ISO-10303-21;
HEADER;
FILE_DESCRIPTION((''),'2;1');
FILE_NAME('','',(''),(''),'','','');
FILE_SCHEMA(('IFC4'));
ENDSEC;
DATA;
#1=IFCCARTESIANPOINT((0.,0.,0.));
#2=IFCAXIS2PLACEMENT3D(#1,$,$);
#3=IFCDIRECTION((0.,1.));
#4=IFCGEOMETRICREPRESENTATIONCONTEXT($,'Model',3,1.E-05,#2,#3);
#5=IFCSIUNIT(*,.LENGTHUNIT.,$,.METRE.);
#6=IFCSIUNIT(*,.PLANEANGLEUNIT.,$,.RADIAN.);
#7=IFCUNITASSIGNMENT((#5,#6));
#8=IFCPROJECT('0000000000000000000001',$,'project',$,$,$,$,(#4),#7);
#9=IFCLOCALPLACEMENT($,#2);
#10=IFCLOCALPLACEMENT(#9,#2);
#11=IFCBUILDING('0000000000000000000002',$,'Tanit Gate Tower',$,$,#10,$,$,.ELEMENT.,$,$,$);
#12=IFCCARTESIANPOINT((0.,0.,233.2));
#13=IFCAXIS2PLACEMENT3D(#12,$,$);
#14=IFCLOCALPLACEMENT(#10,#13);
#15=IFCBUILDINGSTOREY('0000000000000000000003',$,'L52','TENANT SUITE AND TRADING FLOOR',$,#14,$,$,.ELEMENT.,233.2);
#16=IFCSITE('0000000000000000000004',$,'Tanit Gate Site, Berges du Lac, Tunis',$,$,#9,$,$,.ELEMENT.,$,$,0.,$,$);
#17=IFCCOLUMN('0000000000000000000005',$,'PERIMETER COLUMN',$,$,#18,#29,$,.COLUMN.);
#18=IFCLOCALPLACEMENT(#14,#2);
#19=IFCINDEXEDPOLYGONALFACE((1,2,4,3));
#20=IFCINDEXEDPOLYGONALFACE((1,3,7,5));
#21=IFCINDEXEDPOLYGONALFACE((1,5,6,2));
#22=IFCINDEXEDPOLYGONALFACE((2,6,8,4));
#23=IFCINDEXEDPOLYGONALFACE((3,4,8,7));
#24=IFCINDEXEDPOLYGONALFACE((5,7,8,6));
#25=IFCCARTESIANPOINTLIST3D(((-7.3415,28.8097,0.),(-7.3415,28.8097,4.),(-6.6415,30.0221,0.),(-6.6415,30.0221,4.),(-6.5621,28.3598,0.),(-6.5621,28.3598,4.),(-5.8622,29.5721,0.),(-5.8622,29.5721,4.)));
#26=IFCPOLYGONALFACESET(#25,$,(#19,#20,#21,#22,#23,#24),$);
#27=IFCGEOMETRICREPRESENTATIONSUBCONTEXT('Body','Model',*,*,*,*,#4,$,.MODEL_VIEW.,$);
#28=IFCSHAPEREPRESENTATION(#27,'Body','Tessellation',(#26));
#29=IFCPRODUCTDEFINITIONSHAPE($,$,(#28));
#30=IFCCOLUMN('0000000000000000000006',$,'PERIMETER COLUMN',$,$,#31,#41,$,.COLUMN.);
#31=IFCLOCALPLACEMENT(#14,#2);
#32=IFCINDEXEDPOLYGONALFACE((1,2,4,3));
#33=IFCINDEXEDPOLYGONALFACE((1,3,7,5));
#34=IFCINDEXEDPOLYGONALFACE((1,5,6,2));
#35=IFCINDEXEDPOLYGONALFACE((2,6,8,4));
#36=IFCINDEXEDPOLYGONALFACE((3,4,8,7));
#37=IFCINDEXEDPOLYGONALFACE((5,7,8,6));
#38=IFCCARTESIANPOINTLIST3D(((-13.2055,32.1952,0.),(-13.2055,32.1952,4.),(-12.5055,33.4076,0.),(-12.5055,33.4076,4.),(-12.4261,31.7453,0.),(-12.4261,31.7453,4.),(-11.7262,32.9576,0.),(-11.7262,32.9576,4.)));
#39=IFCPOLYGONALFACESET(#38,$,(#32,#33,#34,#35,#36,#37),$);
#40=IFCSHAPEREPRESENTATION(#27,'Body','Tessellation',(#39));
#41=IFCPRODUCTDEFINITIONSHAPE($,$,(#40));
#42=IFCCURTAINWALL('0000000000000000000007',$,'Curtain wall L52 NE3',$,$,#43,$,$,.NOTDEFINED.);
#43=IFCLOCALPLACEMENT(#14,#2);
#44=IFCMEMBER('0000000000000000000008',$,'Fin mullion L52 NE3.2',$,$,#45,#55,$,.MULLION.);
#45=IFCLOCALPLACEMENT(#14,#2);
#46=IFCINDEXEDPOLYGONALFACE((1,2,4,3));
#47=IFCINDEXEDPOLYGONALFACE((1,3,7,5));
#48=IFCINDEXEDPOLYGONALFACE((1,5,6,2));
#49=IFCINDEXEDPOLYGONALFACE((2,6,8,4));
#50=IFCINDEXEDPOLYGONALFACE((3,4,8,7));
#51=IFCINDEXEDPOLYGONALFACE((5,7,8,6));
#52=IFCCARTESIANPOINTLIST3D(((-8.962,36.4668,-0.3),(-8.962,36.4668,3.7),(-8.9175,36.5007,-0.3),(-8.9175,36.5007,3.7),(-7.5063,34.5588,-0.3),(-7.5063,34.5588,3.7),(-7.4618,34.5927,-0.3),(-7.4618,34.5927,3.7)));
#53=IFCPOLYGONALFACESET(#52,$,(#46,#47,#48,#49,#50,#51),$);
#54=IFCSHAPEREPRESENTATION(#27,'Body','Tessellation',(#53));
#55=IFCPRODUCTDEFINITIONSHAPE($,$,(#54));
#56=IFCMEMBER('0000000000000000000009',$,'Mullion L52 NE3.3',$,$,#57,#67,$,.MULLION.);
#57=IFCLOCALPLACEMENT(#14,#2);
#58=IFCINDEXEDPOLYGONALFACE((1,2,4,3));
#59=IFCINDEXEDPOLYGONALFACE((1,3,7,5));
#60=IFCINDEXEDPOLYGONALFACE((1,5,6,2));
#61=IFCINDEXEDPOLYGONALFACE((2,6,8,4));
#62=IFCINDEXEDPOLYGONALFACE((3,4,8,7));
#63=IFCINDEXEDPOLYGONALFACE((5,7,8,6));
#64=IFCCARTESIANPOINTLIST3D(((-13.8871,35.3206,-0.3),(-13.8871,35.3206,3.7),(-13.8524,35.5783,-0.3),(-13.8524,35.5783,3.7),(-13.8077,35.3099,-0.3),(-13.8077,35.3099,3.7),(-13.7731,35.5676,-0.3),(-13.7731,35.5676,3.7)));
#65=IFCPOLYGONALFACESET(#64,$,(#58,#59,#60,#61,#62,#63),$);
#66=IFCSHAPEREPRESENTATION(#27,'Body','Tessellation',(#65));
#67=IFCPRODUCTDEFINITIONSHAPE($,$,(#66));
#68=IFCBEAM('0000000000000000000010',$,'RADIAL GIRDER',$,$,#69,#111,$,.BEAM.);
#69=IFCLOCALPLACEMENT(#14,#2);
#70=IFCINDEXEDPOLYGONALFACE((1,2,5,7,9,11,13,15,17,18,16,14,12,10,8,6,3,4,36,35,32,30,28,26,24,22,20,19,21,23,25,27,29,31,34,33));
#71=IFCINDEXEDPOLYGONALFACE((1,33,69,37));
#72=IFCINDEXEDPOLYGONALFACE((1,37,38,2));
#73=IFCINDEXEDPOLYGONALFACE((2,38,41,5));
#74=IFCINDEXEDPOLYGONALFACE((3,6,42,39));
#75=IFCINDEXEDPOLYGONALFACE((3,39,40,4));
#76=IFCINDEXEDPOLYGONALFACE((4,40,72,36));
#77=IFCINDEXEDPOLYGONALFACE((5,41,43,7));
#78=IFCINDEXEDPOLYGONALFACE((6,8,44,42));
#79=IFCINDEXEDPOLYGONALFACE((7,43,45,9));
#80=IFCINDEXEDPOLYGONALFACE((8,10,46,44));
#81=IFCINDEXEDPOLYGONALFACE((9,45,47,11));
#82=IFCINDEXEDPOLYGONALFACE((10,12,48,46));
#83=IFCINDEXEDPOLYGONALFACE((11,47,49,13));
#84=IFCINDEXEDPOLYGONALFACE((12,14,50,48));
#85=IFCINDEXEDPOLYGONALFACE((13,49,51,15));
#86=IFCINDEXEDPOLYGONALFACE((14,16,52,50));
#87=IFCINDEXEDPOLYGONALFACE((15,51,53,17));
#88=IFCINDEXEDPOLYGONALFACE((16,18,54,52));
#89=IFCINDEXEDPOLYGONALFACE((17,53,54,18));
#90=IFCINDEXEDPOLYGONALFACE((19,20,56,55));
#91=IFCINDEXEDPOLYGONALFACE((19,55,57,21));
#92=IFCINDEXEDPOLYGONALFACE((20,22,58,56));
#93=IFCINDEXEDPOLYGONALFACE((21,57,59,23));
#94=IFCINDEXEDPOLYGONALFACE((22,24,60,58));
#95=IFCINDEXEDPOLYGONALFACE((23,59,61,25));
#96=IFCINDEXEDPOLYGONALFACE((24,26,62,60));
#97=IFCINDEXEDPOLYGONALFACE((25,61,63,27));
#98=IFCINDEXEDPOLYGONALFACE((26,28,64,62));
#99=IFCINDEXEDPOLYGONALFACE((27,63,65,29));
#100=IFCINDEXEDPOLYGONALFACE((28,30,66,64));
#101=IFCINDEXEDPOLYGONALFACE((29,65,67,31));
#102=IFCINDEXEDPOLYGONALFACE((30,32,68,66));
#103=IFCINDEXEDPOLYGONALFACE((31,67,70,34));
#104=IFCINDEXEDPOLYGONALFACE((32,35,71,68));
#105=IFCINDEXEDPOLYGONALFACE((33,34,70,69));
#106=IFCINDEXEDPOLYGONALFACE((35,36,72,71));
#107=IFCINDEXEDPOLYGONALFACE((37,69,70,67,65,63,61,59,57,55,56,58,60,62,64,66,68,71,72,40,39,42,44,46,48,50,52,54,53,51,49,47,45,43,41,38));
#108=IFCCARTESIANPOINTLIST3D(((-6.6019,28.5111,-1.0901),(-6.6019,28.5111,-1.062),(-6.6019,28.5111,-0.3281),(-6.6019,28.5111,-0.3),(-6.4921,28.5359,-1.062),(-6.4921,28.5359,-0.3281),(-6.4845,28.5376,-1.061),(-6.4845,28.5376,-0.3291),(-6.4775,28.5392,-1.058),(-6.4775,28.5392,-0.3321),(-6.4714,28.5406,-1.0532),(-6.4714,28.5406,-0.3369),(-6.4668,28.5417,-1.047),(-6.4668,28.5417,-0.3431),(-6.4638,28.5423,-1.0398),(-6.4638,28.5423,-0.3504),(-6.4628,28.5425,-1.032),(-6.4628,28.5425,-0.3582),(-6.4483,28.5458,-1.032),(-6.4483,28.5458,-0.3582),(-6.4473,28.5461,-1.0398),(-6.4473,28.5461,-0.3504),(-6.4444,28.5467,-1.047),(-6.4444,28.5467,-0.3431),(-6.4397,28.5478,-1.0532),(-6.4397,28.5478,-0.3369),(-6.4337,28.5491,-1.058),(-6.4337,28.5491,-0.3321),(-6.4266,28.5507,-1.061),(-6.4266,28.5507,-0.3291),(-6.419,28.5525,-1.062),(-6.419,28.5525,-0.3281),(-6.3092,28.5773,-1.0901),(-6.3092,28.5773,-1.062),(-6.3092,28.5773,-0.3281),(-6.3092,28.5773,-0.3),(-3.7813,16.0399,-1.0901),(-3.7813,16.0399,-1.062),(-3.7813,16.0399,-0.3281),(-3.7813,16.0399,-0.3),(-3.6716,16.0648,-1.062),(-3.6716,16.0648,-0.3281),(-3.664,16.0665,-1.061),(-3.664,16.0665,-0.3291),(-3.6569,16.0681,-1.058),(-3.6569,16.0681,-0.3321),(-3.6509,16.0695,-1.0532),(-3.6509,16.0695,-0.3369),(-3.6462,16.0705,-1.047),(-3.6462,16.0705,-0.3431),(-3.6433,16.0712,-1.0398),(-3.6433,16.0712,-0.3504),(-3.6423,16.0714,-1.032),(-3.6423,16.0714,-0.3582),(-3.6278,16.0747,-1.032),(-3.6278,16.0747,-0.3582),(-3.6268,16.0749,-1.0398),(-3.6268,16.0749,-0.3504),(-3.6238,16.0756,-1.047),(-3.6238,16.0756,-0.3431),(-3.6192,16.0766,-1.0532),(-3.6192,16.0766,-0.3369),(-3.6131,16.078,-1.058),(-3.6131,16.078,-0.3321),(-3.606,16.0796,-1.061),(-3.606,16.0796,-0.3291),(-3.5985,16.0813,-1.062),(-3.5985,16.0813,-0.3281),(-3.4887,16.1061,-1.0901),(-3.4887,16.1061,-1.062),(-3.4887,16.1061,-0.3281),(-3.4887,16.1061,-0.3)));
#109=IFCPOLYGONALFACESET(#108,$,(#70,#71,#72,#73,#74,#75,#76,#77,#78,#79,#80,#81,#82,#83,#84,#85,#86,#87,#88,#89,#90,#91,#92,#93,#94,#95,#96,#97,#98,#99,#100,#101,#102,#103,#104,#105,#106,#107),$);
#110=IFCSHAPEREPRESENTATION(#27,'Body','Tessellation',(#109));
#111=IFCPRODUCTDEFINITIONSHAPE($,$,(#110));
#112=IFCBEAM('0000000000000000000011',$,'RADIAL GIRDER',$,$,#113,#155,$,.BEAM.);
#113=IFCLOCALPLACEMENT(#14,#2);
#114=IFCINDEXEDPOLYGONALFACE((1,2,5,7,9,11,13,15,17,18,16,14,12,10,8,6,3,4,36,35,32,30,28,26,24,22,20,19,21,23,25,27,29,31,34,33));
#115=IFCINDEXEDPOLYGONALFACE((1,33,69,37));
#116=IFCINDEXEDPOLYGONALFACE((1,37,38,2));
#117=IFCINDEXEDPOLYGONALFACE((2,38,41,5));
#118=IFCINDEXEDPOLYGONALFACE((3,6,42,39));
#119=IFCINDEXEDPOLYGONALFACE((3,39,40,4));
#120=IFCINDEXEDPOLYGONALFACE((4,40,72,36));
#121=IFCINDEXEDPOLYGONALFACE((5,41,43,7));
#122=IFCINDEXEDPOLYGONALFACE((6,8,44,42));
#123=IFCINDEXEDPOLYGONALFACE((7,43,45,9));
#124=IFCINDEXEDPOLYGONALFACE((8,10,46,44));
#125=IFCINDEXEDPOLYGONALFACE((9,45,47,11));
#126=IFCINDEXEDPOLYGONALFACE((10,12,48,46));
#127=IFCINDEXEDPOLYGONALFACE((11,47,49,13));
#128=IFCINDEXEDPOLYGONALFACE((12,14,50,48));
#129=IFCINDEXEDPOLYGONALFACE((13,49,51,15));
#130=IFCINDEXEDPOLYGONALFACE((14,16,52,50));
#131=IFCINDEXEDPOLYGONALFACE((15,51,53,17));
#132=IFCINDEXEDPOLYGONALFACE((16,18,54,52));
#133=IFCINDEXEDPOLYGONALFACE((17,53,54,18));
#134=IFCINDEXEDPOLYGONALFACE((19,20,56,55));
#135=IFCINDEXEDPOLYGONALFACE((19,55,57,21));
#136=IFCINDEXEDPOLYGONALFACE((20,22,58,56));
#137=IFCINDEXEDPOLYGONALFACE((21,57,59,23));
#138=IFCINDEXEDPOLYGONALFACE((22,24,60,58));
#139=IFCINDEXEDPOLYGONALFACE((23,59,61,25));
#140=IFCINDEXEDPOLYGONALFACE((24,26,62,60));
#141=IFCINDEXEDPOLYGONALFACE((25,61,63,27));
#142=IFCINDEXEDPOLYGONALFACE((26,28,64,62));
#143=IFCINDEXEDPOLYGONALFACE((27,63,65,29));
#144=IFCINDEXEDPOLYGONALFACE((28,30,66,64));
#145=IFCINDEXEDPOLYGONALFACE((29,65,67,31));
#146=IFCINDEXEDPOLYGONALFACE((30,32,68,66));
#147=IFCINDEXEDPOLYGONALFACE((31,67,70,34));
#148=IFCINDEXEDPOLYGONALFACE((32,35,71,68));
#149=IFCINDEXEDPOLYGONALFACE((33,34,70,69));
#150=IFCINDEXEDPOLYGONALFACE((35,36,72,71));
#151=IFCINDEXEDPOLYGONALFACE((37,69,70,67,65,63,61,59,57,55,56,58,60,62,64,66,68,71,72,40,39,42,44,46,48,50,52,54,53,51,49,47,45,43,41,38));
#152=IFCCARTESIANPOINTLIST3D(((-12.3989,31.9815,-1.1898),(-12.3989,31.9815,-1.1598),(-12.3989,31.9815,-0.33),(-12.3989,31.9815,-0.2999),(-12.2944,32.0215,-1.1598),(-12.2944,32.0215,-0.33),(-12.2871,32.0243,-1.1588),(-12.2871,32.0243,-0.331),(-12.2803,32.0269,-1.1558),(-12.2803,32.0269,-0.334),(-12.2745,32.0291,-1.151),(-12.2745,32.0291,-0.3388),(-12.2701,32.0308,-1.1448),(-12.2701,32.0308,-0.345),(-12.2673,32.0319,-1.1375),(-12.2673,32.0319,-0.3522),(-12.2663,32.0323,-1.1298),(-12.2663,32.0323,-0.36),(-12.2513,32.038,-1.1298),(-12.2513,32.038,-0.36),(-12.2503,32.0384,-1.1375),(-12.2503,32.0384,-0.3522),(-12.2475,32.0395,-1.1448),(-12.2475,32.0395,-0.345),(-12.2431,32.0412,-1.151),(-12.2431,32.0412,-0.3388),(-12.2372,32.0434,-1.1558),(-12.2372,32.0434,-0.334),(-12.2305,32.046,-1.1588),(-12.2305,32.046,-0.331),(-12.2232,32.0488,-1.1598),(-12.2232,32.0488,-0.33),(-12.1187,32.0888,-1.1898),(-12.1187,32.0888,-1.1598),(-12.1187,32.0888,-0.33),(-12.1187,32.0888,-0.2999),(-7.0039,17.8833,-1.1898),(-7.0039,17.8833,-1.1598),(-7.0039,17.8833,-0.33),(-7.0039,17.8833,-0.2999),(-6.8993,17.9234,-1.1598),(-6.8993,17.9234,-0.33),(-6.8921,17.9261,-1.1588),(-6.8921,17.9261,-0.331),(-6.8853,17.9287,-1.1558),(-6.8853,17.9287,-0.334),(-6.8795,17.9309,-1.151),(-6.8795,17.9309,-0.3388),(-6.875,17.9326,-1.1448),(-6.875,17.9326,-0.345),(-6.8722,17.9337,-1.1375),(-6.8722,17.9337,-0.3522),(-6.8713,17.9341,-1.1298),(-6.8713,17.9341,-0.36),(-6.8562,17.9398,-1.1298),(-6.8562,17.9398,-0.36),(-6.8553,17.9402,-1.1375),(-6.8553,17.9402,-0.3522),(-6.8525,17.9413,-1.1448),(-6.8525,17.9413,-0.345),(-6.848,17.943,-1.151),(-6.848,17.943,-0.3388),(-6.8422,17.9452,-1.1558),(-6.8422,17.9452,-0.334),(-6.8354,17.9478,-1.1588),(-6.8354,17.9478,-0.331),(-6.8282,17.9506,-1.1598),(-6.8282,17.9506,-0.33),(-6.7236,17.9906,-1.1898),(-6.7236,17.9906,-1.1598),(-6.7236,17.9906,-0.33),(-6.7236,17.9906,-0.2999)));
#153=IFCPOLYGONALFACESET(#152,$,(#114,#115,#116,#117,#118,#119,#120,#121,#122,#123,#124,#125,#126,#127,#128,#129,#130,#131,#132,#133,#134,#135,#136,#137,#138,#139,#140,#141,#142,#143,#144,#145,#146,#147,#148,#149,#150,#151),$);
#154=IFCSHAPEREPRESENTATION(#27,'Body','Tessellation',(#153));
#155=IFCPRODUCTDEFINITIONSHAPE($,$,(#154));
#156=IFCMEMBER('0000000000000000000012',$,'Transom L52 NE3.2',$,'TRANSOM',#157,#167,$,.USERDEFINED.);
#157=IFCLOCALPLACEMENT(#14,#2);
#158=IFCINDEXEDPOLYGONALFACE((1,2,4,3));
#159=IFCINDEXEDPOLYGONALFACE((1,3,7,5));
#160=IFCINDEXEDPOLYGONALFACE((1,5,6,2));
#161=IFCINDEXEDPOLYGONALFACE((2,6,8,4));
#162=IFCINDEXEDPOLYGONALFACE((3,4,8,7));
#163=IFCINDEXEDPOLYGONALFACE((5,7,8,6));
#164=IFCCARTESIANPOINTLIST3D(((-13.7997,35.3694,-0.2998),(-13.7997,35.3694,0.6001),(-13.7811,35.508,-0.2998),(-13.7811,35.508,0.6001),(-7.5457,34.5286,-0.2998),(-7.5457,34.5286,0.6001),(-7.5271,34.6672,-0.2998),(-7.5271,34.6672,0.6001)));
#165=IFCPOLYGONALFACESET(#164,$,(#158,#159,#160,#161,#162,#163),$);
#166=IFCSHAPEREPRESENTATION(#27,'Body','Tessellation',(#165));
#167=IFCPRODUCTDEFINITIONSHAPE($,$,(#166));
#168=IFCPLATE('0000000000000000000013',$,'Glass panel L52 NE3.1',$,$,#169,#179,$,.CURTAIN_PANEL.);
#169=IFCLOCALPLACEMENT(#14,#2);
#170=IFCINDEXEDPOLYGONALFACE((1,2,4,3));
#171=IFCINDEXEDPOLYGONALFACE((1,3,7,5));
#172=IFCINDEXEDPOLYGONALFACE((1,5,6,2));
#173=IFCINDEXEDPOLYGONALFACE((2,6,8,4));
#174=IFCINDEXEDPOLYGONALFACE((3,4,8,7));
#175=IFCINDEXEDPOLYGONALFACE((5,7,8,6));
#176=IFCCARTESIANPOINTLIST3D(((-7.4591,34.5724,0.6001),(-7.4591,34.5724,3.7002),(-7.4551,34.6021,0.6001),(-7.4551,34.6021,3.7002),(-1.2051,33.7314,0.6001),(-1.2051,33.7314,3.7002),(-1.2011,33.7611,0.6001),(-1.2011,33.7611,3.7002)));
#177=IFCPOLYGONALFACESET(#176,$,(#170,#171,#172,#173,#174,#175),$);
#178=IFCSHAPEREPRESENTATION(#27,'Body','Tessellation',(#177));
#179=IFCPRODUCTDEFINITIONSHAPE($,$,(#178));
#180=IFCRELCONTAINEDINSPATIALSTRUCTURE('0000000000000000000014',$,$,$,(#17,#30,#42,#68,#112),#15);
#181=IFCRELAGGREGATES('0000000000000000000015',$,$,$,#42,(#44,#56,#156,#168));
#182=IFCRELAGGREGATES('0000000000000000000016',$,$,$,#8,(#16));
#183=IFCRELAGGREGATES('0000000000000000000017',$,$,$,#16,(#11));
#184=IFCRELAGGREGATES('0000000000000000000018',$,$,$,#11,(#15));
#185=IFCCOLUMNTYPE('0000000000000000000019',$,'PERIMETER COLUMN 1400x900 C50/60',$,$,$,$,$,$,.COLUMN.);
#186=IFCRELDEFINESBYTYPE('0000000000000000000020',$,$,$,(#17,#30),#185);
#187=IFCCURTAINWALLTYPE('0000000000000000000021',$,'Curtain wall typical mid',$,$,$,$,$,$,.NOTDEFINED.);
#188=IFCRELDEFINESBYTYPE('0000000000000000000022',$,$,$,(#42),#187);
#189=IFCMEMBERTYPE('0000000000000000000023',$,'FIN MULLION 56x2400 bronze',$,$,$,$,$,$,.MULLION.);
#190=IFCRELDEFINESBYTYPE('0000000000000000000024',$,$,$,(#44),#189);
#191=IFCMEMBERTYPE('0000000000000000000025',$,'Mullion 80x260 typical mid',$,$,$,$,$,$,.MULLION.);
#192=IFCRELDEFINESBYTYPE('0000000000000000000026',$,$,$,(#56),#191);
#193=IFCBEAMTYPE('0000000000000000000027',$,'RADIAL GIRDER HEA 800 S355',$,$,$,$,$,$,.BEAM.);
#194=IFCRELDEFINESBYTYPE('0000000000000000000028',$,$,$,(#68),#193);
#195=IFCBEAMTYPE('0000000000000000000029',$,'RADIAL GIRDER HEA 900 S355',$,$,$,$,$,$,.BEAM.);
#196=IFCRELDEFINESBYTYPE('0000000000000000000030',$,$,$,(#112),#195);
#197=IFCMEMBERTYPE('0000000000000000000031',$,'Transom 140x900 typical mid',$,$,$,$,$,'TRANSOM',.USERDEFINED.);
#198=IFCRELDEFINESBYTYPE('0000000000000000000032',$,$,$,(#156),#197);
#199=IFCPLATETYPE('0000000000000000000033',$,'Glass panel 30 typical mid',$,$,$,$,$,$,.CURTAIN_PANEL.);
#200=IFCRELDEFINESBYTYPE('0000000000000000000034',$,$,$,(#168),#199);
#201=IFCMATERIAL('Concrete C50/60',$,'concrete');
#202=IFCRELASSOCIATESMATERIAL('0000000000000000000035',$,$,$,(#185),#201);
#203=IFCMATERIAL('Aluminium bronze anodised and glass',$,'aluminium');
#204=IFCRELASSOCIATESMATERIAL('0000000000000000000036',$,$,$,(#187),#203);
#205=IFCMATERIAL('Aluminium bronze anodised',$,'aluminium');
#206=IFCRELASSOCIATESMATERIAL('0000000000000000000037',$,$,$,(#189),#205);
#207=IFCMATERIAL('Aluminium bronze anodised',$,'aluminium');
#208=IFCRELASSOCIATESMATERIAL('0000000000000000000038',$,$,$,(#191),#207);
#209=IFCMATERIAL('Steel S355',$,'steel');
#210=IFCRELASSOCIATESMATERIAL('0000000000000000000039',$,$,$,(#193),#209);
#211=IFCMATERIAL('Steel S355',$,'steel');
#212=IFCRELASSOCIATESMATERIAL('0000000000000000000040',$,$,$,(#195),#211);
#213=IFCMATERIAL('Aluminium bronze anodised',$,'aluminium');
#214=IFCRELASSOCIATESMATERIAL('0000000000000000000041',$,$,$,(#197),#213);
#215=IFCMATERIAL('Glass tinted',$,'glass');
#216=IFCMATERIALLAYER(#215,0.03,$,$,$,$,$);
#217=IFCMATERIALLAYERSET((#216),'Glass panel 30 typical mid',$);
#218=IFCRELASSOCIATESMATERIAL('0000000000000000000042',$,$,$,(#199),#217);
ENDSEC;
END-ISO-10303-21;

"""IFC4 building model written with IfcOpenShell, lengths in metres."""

from ifc_helpers import new_model, si_unit, direction, frame, origin, origin_2d, place, context, subcontext, project, spatial, rectangle, i_section, extrude, material, layer, layer_set, material_profile, profile_set, type_object, element, aggregate, save


model = new_model("IFC4")

# Units and contexts
model_context = context("Model", 3, precision=1e-05, world=origin(), true_north=direction((0.0, 1.0)))
body_context = subcontext(model_context, "Body", "Model", "MODEL_VIEW")
ifc_project = project(units=[si_unit("LENGTHUNIT", "METRE"), si_unit("PLANEANGLEUNIT", "RADIAN")], contexts=[model_context])

# Site, building, storey
site_placement = place(None, origin())
site = spatial("IfcSite", under=ifc_project, at=site_placement, Name="Tanit Gate Site, Berges du Lac, Tunis", CompositionType="ELEMENT", RefElevation=0.0)
building_placement = place(site_placement, origin())
building = spatial("IfcBuilding", under=site, at=building_placement, Name="Tanit Gate Tower", CompositionType="ELEMENT")
storey_placement = place(building_placement, frame((0.0, 0.0, 233.2)))
storey = spatial("IfcBuildingStorey", under=building, at=storey_placement, Name="L52", Description="TENANT SUITE AND TRADING FLOOR", CompositionType="ELEMENT", Elevation=233.2)

# Columns
ifc_material_1 = material(Name="Concrete C50/60", Category="concrete")
ifc_material_profile_1 = material_profile(ifc_material_1, rectangle(XDim=1.3999, YDim=0.8999, at=origin_2d()), Name="RC 1400x900")
ifc_profile_set_1 = profile_set([ifc_material_profile_1], Name="Concrete C50/60")
column_type = type_object("IfcColumnType", Name="PERIMETER COLUMN 1400x900 C50/60", PredefinedType="COLUMN", material=ifc_profile_set_1)
for number, where, z_axis, x_axis, name in (
    (1, (-6.6018, 29.1909, 0.0), (0.0, 0.0, 1.0), (0.5, 0.866025, 0.0), "PERIMETER COLUMN"),
    (2, (-12.4658, 32.5764, 0.0), (0.0, 0.0, 1.0), (0.5, 0.866025, 0.0), "PERIMETER COLUMN"),
):
    element("IfcColumn", number, at=place(storey_placement, frame(where, z_axis=z_axis, x_axis=x_axis)), inside=storey, type_object=column_type, Name=name, PredefinedType="COLUMN", context=body_context, shape_type="SweptSolid", body=[
        extrude(rectangle(XDim=1.3999, YDim=0.8999, at=origin_2d()), origin(), (0.0, 0.0, 1.0), 4.0),
    ])

# Curtain wall, members
ifc_material_2 = material(Name="Aluminium bronze anodised and glass", Category="aluminium")
curtain_wall_type = type_object("IfcCurtainWallType", Name="Curtain wall typical mid", PredefinedType="NOTDEFINED", material=ifc_material_2)
curtain_wall_placement = place(storey_placement, origin())
curtain_wall = element("IfcCurtainWall", 3, at=curtain_wall_placement, inside=storey, type_object=curtain_wall_type, Name="Curtain wall L52 NE3", PredefinedType="NOTDEFINED")
ifc_material_3 = material(Name="Aluminium bronze anodised", Category="aluminium")
ifc_material_profile_2 = material_profile(ifc_material_3, rectangle(XDim=2.3999, YDim=0.0559, at=origin_2d()), Name="56x2400 bronze fin mullion")
ifc_profile_set_2 = profile_set([ifc_material_profile_2], Name="Aluminium bronze anodised")
member_type_1 = type_object("IfcMemberType", Name="FIN MULLION 56x2400 bronze", PredefinedType="MULLION", material=ifc_profile_set_2)
member_1_placement = place(storey_placement, frame((-8.2119, 35.5298, -0.3), z_axis=(0.0, 0.0, 1.0), x_axis=(0.606564, -0.795035, 0.0)))
member_1 = element("IfcMember", 4, at=member_1_placement, type_object=member_type_1, Name="Fin mullion L52 NE3.2", PredefinedType="MULLION", context=body_context, shape_type="SweptSolid", body=[
    extrude(rectangle(XDim=2.3999, YDim=0.0559, at=origin_2d()), origin(), (0.0, 0.0, 1.0), 4.0),
])
ifc_material_4 = material(Name="Aluminium bronze anodised", Category="aluminium")
ifc_material_profile_3 = material_profile(ifc_material_4, rectangle(XDim=0.26, YDim=0.0801, at=origin_2d()), Name="80x260 bronze mullion")
ifc_profile_set_3 = profile_set([ifc_material_profile_3], Name="Aluminium bronze anodised")
member_type_2 = type_object("IfcMemberType", Name="Mullion 80x260 typical mid", PredefinedType="MULLION", material=ifc_profile_set_3)
member_2_placement = place(storey_placement, frame((-13.8301, 35.4441, -0.3), z_axis=(0.0, 0.0, 1.0), x_axis=(-0.133269, -0.99108, 0.0)))
member_2 = element("IfcMember", 5, at=member_2_placement, type_object=member_type_2, Name="Mullion L52 NE3.3", PredefinedType="MULLION", context=body_context, shape_type="SweptSolid", body=[
    extrude(rectangle(XDim=0.26, YDim=0.0801, at=origin_2d()), origin(), (0.0, 0.0, 1.0), 4.0),
])

# Beams
ifc_material_5 = material(Name="Steel S355", Category="steel")
ifc_material_profile_4 = material_profile(ifc_material_5, i_section(OverallWidth=0.3, OverallDepth=0.79, WebThickness=0.0149, FlangeThickness=0.0281, FilletRadius=0.03, at=origin_2d()), Name="HEA 800")
ifc_profile_set_4 = profile_set([ifc_material_profile_4], Name="Steel S355")
beam_type_1 = type_object("IfcBeamType", Name="RADIAL GIRDER HEA 800 S355", PredefinedType="BEAM", material=ifc_profile_set_4)
beam_1_placement = place(storey_placement, frame((-6.4556, 28.5442, -0.6951), z_axis=(0.220594, -0.975366, 0.0), x_axis=(0.975366, 0.220594, 0.0)))
element("IfcBeam", 6, at=beam_1_placement, inside=storey, type_object=beam_type_1, Name="RADIAL GIRDER", PredefinedType="BEAM", context=body_context, shape_type="SweptSolid", body=[
    extrude(i_section(OverallWidth=0.3, OverallDepth=0.79, WebThickness=0.0149, FlangeThickness=0.0281, FilletRadius=0.03, at=origin_2d()), origin(), (0.0, 0.0, 1.0), 12.7861),
])
ifc_material_6 = material(Name="Steel S355", Category="steel")
ifc_material_profile_5 = material_profile(ifc_material_6, i_section(OverallWidth=0.3, OverallDepth=0.8899, WebThickness=0.0161, FlangeThickness=0.03, FilletRadius=0.03, at=origin_2d()), Name="HEA 900")
ifc_profile_set_5 = profile_set([ifc_material_profile_5], Name="Steel S355")
beam_type_2 = type_object("IfcBeamType", Name="RADIAL GIRDER HEA 900 S355", PredefinedType="BEAM", material=ifc_profile_set_5)
beam_2_placement = place(storey_placement, frame((-12.2588, 32.0352, -0.7449), z_axis=(0.357401, -0.933951, 0.0), x_axis=(0.933951, 0.357401, 0.0)))
element("IfcBeam", 7, at=beam_2_placement, inside=storey, type_object=beam_type_2, Name="RADIAL GIRDER", PredefinedType="BEAM", context=body_context, shape_type="SweptSolid", body=[
    extrude(i_section(OverallWidth=0.3, OverallDepth=0.8899, WebThickness=0.0161, FlangeThickness=0.03, FilletRadius=0.03, at=origin_2d()), origin(), (0.0, 0.0, 1.0), 15.0952),
])

# Member
ifc_material_7 = material(Name="Aluminium bronze anodised", Category="aluminium")
ifc_material_profile_6 = material_profile(ifc_material_7, rectangle(XDim=0.1399, YDim=0.8999, at=origin_2d()), Name="140x900 bronze transom")
ifc_profile_set_6 = profile_set([ifc_material_profile_6], Name="Aluminium bronze anodised")
member_type_3 = type_object("IfcMemberType", Name="Transom 140x900 typical mid", ElementType="TRANSOM", PredefinedType="USERDEFINED", material=ifc_profile_set_6)
member_3_placement = place(storey_placement, frame((-7.5364, 34.5979, 0.1501), z_axis=(-0.991083, 0.133243, 0.0), x_axis=(-0.133243, -0.991083, 0.0)))
member_3 = element("IfcMember", 8, at=member_3_placement, type_object=member_type_3, Name="Transom L52 NE3.2", ObjectType="TRANSOM", PredefinedType="USERDEFINED", context=body_context, shape_type="SweptSolid", body=[
    extrude(rectangle(XDim=0.1399, YDim=0.8999, at=origin_2d()), origin(), (0.0, 0.0, 1.0), 6.3103),
])

# Plate
ifc_material_8 = material(Name="Glass tinted", Category="glass")
ifc_layer_1 = layer(ifc_material_8, 0.03)
ifc_layer_set_1 = layer_set([ifc_layer_1], Name="Glass panel 30 typical mid")
plate_type = type_object("IfcPlateType", Name="Glass panel 30 typical mid", PredefinedType="CURTAIN_PANEL", material=ifc_layer_set_1)
plate_1_placement = place(storey_placement, frame((-4.3301, 34.1667, 0.6001), z_axis=(0.0, 0.0, 1.0), x_axis=(-0.99108, 0.133269, 0.0)))
plate_1 = element("IfcPlate", 9, at=plate_1_placement, type_object=plate_type, Name="Glass panel L52 NE3.1", PredefinedType="CURTAIN_PANEL", context=body_context, shape_type="SweptSolid", body=[
    extrude(rectangle(XDim=6.3103, YDim=0.03, at=origin_2d()), origin(), (0.0, 0.0, 1.0), 3.1001),
])
aggregate(curtain_wall, [member_1, member_2, member_3, plate_1])

save(model, "model.ifc")
